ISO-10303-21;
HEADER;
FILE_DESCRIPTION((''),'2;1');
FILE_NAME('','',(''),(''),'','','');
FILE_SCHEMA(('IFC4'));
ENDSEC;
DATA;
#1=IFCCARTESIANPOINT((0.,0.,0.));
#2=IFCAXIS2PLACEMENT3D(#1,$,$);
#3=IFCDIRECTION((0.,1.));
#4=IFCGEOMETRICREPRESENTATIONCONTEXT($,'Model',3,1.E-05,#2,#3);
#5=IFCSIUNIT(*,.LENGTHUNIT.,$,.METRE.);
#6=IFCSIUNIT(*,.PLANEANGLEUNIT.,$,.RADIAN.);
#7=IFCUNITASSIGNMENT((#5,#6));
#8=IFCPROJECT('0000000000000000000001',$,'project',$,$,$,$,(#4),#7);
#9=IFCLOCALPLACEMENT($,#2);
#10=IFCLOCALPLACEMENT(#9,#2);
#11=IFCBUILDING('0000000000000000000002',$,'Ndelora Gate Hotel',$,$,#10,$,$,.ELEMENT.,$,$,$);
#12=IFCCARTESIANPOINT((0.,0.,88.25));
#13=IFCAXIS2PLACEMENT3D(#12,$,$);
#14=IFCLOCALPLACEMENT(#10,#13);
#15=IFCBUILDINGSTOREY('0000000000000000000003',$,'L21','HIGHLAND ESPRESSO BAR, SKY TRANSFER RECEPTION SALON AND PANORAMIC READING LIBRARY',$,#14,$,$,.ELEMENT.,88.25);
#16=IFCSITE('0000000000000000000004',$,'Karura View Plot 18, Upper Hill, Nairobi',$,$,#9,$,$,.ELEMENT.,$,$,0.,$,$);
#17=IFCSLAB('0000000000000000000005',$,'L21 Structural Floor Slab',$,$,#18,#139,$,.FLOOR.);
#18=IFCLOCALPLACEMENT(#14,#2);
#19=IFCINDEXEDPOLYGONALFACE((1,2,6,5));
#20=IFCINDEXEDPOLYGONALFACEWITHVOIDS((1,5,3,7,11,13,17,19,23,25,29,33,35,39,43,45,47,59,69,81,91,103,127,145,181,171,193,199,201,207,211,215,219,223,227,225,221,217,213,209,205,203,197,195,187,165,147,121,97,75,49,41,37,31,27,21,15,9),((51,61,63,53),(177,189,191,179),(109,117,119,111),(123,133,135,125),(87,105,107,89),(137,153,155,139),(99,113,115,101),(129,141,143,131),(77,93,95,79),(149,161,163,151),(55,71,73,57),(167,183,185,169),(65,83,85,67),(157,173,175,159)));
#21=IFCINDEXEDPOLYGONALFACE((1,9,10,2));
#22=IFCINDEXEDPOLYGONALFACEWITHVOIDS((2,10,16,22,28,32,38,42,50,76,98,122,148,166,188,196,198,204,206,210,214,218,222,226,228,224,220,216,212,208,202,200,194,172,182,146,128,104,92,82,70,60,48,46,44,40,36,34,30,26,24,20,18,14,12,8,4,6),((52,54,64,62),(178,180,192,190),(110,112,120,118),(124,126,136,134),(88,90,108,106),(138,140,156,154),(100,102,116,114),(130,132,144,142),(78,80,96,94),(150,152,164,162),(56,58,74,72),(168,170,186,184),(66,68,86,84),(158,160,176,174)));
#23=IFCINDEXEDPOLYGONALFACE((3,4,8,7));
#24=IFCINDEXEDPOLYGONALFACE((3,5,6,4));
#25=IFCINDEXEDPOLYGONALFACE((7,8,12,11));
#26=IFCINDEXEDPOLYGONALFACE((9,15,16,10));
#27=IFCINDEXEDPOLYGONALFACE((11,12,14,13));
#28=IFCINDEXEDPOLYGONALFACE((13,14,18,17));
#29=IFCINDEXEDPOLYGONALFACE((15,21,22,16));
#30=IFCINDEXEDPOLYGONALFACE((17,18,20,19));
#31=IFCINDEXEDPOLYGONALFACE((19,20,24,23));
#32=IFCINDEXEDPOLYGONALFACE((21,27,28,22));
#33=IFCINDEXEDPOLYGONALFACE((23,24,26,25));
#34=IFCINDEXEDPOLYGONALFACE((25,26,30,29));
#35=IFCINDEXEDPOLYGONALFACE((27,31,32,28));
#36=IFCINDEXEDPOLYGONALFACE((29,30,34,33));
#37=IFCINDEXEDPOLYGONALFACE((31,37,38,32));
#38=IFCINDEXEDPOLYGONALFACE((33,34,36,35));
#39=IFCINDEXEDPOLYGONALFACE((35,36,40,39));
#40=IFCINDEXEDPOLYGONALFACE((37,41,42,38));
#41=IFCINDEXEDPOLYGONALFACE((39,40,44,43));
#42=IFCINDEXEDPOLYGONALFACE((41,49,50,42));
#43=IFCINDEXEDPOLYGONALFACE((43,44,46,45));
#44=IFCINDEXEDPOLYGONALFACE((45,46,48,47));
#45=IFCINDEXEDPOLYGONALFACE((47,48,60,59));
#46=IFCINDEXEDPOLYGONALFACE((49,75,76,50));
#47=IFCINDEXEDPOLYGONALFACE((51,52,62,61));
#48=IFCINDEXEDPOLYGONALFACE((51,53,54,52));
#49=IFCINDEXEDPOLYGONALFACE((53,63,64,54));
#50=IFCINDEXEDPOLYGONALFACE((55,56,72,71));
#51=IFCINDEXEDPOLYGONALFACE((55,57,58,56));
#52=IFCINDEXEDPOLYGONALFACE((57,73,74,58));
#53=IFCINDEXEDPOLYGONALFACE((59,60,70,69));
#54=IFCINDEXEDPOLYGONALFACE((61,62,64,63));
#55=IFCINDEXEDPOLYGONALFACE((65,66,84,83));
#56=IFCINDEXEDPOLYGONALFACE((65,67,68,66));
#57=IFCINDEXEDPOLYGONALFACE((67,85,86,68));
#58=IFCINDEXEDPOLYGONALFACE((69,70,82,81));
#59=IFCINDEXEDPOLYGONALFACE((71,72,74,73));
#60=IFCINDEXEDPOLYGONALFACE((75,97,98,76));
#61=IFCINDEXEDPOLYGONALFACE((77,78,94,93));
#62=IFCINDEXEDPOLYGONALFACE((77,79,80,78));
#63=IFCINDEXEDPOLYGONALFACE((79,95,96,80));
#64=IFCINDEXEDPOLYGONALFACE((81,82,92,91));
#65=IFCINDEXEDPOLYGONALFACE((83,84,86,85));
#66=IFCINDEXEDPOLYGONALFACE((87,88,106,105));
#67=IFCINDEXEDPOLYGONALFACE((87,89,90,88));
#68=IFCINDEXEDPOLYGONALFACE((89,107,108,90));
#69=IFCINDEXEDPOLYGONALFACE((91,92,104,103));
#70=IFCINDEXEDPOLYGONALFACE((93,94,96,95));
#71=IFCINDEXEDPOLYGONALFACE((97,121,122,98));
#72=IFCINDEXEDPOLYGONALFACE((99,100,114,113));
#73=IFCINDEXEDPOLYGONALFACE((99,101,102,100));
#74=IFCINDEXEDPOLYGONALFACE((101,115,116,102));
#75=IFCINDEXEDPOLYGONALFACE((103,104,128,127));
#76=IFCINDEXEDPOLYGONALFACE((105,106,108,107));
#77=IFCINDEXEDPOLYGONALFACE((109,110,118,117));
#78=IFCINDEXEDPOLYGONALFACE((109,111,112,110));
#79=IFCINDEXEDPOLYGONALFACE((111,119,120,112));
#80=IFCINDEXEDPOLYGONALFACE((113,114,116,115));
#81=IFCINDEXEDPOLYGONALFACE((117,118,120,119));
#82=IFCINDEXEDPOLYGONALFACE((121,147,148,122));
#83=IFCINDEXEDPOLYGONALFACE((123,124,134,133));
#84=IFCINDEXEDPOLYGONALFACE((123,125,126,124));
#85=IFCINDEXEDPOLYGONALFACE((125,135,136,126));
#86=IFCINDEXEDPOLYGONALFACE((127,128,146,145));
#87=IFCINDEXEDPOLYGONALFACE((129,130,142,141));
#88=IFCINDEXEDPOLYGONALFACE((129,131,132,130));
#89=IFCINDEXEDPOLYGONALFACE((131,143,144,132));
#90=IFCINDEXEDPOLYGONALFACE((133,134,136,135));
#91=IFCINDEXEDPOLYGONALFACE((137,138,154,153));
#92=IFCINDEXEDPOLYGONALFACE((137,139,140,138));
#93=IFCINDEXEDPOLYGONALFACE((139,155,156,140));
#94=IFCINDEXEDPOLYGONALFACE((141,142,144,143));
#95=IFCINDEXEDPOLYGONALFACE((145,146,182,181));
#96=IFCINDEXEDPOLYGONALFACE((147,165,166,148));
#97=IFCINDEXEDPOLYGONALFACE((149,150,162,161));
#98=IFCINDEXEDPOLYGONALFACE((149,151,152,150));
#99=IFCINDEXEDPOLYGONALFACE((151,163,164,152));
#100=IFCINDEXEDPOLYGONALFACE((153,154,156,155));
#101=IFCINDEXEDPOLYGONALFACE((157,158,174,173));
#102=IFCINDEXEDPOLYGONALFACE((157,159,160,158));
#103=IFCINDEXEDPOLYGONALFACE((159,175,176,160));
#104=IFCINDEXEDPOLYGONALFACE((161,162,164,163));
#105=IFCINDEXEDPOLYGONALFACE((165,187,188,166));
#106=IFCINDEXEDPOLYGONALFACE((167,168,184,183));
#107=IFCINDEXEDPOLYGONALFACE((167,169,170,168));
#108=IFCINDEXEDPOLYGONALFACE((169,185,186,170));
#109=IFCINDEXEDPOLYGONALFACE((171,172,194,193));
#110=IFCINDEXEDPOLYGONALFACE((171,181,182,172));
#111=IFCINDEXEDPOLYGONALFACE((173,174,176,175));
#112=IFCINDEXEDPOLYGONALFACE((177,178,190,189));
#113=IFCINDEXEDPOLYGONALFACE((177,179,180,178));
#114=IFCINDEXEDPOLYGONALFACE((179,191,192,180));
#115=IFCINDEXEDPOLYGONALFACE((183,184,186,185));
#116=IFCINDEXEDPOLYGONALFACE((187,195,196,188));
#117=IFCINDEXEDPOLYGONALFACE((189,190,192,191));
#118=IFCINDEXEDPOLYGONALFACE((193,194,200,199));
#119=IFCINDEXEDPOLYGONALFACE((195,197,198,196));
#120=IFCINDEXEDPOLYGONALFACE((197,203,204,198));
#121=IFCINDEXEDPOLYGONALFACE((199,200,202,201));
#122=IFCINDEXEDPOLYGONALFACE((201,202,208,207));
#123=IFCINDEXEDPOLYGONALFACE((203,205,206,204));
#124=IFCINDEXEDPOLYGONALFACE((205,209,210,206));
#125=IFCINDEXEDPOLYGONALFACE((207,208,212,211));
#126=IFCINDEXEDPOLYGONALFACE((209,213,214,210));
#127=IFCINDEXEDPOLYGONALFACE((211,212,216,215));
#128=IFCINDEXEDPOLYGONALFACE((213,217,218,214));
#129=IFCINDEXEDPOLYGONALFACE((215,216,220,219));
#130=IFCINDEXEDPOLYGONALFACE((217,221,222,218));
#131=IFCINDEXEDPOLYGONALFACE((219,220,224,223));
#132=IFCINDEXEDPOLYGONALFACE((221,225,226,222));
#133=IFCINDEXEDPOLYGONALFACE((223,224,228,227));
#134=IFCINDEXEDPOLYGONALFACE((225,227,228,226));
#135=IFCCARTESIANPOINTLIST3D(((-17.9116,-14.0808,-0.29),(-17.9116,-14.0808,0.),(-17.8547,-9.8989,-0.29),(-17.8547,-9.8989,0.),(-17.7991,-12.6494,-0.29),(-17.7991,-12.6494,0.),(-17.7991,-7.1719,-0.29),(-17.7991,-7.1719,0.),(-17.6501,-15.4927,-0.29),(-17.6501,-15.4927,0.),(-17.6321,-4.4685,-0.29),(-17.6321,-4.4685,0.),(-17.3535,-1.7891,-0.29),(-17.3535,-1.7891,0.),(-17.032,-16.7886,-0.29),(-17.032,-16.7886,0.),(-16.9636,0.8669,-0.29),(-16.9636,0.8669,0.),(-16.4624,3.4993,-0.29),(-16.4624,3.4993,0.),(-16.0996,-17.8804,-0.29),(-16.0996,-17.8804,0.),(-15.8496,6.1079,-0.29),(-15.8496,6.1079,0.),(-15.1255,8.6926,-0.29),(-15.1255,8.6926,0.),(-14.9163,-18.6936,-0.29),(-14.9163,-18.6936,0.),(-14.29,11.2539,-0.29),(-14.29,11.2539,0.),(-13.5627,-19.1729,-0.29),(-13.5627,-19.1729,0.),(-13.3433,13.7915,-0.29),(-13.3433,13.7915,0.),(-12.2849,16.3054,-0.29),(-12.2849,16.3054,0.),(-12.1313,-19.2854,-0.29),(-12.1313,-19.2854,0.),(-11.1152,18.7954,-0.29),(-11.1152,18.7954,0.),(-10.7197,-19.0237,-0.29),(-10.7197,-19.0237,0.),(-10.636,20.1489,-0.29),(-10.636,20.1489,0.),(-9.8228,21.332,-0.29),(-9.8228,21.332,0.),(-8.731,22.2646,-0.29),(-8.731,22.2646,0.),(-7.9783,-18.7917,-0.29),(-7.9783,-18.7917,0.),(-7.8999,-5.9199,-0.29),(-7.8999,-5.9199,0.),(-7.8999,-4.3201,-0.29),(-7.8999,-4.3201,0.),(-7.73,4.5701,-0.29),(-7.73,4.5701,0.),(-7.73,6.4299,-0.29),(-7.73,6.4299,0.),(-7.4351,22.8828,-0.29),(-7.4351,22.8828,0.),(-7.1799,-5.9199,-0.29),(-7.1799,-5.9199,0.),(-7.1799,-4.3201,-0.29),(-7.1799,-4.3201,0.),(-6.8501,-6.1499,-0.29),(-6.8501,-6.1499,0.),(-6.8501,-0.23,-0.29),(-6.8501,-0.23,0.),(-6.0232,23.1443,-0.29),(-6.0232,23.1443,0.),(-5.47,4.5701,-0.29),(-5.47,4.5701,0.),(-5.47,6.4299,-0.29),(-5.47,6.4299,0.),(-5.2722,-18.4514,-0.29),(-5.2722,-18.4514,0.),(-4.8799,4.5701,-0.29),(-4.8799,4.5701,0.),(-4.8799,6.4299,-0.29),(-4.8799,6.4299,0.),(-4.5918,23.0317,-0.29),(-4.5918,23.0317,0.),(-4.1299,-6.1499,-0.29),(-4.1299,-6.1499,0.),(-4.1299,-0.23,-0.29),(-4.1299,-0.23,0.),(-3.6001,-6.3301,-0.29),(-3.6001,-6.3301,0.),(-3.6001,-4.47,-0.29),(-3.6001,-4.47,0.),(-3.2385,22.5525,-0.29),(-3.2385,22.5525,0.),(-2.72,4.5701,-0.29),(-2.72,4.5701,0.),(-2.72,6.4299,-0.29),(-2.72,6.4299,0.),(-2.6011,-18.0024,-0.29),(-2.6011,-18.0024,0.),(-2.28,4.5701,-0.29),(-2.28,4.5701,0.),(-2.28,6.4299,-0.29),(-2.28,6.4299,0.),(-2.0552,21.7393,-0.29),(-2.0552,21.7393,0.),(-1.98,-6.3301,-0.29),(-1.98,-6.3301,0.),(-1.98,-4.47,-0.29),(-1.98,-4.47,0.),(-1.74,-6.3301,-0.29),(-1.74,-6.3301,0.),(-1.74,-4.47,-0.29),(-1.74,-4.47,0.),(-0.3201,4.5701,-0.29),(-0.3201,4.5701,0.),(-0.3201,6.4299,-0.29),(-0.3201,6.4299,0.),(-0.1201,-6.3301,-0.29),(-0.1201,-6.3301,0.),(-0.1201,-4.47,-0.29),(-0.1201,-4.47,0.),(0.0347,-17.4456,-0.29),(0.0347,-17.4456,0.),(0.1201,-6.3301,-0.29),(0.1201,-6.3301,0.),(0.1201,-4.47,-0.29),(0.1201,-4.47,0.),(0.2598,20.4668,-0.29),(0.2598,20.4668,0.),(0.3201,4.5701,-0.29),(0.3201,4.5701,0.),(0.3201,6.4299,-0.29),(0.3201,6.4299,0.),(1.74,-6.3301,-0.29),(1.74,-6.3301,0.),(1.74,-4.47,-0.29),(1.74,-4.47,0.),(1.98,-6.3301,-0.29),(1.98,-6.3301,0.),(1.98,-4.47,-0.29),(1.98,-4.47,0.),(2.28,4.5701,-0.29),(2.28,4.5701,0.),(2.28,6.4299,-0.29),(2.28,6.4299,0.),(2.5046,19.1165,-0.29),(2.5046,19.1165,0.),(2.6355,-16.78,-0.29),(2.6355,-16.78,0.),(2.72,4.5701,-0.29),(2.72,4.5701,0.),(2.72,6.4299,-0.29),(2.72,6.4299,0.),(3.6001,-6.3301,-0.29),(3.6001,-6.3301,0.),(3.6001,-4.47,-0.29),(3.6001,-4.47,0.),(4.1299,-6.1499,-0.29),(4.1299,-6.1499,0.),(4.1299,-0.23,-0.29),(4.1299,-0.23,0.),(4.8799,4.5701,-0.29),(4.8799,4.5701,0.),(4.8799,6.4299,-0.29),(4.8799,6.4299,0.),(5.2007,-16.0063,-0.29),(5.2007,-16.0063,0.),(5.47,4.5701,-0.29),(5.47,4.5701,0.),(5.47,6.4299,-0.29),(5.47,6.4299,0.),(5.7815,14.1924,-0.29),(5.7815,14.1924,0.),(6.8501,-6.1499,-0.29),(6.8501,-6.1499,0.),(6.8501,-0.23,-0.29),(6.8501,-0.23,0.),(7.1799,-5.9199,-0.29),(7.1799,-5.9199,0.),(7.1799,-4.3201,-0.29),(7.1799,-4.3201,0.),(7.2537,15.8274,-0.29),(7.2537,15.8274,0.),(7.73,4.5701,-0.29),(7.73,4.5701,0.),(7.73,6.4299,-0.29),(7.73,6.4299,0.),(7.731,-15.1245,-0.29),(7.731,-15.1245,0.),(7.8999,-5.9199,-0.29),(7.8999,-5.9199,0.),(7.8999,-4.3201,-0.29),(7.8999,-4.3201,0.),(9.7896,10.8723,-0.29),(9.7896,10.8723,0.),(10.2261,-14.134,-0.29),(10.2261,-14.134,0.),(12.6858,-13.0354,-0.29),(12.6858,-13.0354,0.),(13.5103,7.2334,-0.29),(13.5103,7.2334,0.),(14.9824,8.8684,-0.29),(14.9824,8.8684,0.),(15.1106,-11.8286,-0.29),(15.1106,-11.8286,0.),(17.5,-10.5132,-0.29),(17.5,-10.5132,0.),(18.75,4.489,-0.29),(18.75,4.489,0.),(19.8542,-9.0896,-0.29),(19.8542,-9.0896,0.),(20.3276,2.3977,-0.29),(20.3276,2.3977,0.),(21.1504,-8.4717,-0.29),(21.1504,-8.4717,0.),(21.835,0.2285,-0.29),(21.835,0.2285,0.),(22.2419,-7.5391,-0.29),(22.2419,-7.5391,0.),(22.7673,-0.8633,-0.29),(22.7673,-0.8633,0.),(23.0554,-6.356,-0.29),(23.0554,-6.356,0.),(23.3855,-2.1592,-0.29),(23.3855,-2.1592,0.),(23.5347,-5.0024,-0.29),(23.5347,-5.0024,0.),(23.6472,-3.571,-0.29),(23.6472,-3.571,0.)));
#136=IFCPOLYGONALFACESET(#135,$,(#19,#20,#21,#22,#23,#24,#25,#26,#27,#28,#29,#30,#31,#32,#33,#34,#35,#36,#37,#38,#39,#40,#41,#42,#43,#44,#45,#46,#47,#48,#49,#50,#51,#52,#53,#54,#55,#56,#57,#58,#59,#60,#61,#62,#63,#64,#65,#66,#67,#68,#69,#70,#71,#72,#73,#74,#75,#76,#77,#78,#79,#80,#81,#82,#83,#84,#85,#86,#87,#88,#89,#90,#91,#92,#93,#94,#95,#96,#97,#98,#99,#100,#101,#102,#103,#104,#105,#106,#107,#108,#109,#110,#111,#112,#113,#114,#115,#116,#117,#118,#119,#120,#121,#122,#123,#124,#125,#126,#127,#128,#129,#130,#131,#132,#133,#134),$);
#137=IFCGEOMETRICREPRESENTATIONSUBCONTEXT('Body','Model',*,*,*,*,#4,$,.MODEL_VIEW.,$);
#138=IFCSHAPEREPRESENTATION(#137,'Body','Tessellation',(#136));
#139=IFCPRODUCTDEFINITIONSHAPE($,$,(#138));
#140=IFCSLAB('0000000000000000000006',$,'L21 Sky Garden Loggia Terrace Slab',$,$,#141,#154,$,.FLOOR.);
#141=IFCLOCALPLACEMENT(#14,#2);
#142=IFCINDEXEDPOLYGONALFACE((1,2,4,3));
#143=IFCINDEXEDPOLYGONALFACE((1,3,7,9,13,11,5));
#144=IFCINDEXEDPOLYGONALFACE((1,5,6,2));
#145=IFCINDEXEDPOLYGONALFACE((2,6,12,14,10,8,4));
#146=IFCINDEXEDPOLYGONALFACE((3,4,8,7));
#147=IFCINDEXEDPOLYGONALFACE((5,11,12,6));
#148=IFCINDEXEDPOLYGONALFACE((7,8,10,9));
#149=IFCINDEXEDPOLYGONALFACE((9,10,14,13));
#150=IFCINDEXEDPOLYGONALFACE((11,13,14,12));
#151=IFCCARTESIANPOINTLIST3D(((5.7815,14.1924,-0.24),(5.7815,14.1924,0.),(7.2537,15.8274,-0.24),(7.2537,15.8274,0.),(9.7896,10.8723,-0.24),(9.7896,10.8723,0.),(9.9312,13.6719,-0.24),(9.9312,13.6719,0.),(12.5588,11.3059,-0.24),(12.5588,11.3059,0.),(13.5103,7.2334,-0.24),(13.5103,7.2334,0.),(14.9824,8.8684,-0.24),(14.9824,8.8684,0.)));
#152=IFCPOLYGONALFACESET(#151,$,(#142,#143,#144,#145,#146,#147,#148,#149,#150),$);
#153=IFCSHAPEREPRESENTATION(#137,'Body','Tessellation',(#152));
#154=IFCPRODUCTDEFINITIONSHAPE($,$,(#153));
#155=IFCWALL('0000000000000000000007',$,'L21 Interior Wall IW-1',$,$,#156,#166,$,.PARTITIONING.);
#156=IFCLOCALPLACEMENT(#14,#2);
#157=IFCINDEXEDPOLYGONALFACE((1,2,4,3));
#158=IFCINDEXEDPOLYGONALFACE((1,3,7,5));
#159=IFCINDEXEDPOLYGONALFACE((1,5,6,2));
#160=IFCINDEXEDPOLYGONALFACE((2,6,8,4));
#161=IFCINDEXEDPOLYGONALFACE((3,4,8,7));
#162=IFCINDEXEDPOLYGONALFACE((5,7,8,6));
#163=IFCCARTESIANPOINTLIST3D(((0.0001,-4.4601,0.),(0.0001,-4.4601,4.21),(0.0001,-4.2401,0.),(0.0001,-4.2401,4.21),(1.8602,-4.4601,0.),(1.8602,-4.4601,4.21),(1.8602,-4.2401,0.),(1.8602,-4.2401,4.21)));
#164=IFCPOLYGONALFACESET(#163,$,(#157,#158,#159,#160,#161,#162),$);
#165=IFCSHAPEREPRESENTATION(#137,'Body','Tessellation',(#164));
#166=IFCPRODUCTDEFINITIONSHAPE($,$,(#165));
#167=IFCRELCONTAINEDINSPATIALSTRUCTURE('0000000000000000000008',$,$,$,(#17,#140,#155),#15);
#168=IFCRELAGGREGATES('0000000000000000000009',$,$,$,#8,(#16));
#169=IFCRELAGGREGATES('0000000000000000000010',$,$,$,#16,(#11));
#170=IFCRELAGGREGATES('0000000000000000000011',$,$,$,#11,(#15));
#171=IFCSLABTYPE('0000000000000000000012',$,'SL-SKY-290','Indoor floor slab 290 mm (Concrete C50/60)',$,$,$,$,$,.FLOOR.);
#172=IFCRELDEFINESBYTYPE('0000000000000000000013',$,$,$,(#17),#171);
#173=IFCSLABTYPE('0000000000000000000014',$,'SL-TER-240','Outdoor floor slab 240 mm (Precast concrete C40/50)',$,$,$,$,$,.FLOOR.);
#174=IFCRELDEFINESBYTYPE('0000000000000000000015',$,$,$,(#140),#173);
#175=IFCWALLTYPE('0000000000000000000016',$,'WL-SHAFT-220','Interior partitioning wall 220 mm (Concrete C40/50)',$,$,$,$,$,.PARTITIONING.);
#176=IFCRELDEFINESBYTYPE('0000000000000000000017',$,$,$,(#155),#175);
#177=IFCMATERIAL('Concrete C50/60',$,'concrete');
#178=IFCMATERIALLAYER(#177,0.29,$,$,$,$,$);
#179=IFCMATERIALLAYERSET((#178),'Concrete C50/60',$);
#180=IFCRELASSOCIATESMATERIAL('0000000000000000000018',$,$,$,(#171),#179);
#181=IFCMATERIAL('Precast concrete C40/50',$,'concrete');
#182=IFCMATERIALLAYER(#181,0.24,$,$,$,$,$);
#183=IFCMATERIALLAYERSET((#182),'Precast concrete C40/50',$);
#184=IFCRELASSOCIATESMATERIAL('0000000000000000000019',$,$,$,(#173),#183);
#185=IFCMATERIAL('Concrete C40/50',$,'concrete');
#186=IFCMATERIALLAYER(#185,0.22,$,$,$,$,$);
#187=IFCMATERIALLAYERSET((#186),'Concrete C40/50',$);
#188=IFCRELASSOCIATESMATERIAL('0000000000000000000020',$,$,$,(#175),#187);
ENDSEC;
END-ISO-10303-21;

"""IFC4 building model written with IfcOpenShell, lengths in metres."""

from ifc_helpers import new_model, si_unit, direction, frame, frame_2d, origin, place, context, subcontext, project, spatial, polyline, rectangle, outline, extrude, material, layer, layer_set, type_object, element, save


model = new_model("IFC4")

# Units and contexts
model_context = context("Model", 3, precision=1e-05, world=origin(), true_north=direction((0.0, 1.0)))
body_context = subcontext(model_context, "Body", "Model", "MODEL_VIEW")
ifc_project = project(units=[si_unit("LENGTHUNIT", "METRE"), si_unit("PLANEANGLEUNIT", "RADIAN")], contexts=[model_context])

# Site, building, storey
site_placement = place(None, origin())
site = spatial("IfcSite", under=ifc_project, at=site_placement, Name="Karura View Plot 18, Upper Hill, Nairobi", CompositionType="ELEMENT", RefElevation=0.0)
building_placement = place(site_placement, origin())
building = spatial("IfcBuilding", under=site, at=building_placement, Name="Ndelora Gate Hotel", CompositionType="ELEMENT")
storey_placement = place(building_placement, frame((0.0, 0.0, 88.25)))
storey = spatial("IfcBuildingStorey", under=building, at=storey_placement, Name="L21", Description="HIGHLAND ESPRESSO BAR, SKY TRANSFER RECEPTION SALON AND PANORAMIC READING LIBRARY", CompositionType="ELEMENT", Elevation=88.25)

# Slabs
ifc_material_1 = material(Name="Concrete C50/60", Category="concrete")
ifc_layer_1 = layer(ifc_material_1, 0.29)
ifc_layer_set_1 = layer_set([ifc_layer_1], Name="Concrete C50/60")
slab_type_1 = type_object("IfcSlabType", Name="SL-SKY-290", Description="Indoor floor slab 290 mm (Concrete C50/60)", PredefinedType="FLOOR", material=ifc_layer_set_1)
slab_1_placement = place(storey_placement, frame((0.0, 0.0, -0.29)))
element("IfcSlab", 1, at=slab_1_placement, inside=storey, type_object=slab_type_1, Name="L21 Structural Floor Slab", PredefinedType="FLOOR", context=body_context, shape_type="SweptSolid", body=[
    extrude(outline(polyline([(-2.0552, 21.7393), (-3.2385, 22.5525), (-4.5918, 23.0317), (-6.0232, 23.1443), (-7.4351, 22.8828), (-8.731, 22.2646), (-9.8228, 21.332), (-10.636, 20.1489), (-11.1152, 18.7954), (-12.2849, 16.3054), (-13.3433, 13.7915), (-14.29, 11.2539), (-15.1255, 8.6926), (-15.8496, 6.1079), (-16.4624, 3.4993), (-16.9636, 0.8669), (-17.3535, -1.7891), (-17.6321, -4.4685), (-17.7991, -7.1719), (-17.8547, -9.8989), (-17.7991, -12.6494), (-17.9116, -14.0808), (-17.6501, -15.4927), (-17.032, -16.7886), (-16.0996, -17.8804), (-14.9163, -18.6936), (-13.5627, -19.1729), (-12.1313, -19.2854), (-10.7197, -19.0237), (-7.9783, -18.7917), (-5.2722, -18.4514), (-2.6011, -18.0024), (0.0347, -17.4456), (2.6355, -16.78), (5.2007, -16.0063), (7.731, -15.1245), (10.2261, -14.134), (12.6858, -13.0354), (15.1106, -11.8286), (17.5, -10.5132), (19.8542, -9.0896), (21.1504, -8.4717), (22.2419, -7.5391), (23.0554, -6.356), (23.5347, -5.0024), (23.6472, -3.571), (23.3855, -2.1592), (22.7673, -0.8633), (21.835, 0.2285), (20.3276, 2.3977), (18.75, 4.489), (14.9824, 8.8684), (13.5103, 7.2334), (9.7896, 10.8723), (5.7815, 14.1924), (7.2537, 15.8274), (2.5046, 19.1165), (0.2598, 20.4668), (-2.0552, 21.7393)]), holes=[polyline([(-6.8501, -0.23), (-6.8501, -6.1499), (-4.1299, -6.1499), (-4.1299, -0.23), (-6.8501, -0.23)]), polyline([(4.1299, -0.23), (4.1299, -6.1499), (6.8501, -6.1499), (6.8501, -0.23), (4.1299, -0.23)]), polyline([(-7.73, 4.5701), (-5.47, 4.5701), (-5.47, 6.4299), (-7.73, 6.4299), (-7.73, 4.5701)]), polyline([(5.47, 4.5701), (7.73, 4.5701), (7.73, 6.4299), (5.47, 6.4299), (5.47, 4.5701)]), polyline([(-4.8799, 4.5701), (-2.72, 4.5701), (-2.72, 6.4299), (-4.8799, 6.4299), (-4.8799, 4.5701)]), polyline([(2.72, 4.5701), (4.8799, 4.5701), (4.8799, 6.4299), (2.72, 6.4299), (2.72, 4.5701)]), polyline([(-3.6001, -6.3301), (-1.98, -6.3301), (-1.98, -4.47), (-3.6001, -4.47), (-3.6001, -6.3301)]), polyline([(-1.74, -6.3301), (-0.1201, -6.3301), (-0.1201, -4.47), (-1.74, -4.47), (-1.74, -6.3301)]), polyline([(0.1201, -6.3301), (1.74, -6.3301), (1.74, -4.47), (0.1201, -4.47), (0.1201, -6.3301)]), polyline([(1.98, -6.3301), (3.6001, -6.3301), (3.6001, -4.47), (1.98, -4.47), (1.98, -6.3301)]), polyline([(-2.28, 4.5701), (-0.3201, 4.5701), (-0.3201, 6.4299), (-2.28, 6.4299), (-2.28, 4.5701)]), polyline([(0.3201, 4.5701), (2.28, 4.5701), (2.28, 6.4299), (0.3201, 6.4299), (0.3201, 4.5701)]), polyline([(-7.8999, -5.9199), (-7.1799, -5.9199), (-7.1799, -4.3201), (-7.8999, -4.3201), (-7.8999, -5.9199)]), polyline([(7.1799, -5.9199), (7.8999, -5.9199), (7.8999, -4.3201), (7.1799, -4.3201), (7.1799, -5.9199)])]), origin(), (0.0, 0.0, 1.0), 0.29),
])
ifc_material_2 = material(Name="Precast concrete C40/50", Category="concrete")
ifc_layer_2 = layer(ifc_material_2, 0.24)
ifc_layer_set_2 = layer_set([ifc_layer_2], Name="Precast concrete C40/50")
slab_type_2 = type_object("IfcSlabType", Name="SL-TER-240", Description="Outdoor floor slab 240 mm (Precast concrete C40/50)", PredefinedType="FLOOR", material=ifc_layer_set_2)
slab_2_placement = place(storey_placement, frame((0.0, 0.0, -0.24)))
element("IfcSlab", 2, at=slab_2_placement, inside=storey, type_object=slab_type_2, Name="L21 Sky Garden Loggia Terrace Slab", PredefinedType="FLOOR", context=body_context, shape_type="SweptSolid", body=[
    extrude(outline(polyline([(13.5103, 7.2334), (14.9824, 8.8684), (12.5588, 11.3059), (9.9312, 13.6719), (7.2537, 15.8274), (5.7815, 14.1924), (9.7896, 10.8723), (13.5103, 7.2334)])), origin(), (0.0, 0.0, 1.0), 0.24),
])

# Wall
ifc_material_3 = material(Name="Concrete C40/50", Category="concrete")
ifc_layer_3 = layer(ifc_material_3, 0.22)
ifc_layer_set_3 = layer_set([ifc_layer_3], Name="Concrete C40/50")
wall_type_1 = type_object("IfcWallType", Name="WL-SHAFT-220", Description="Interior partitioning wall 220 mm (Concrete C40/50)", PredefinedType="PARTITIONING", material=ifc_layer_set_3)
wall_1_placement = place(storey_placement, frame((0.0, -4.3501, 0.0), z_axis=(0.0, 0.0, 1.0), x_axis=(1.0, 0.0, 0.0)))
element("IfcWall", 3, at=wall_1_placement, inside=storey, type_object=wall_type_1, Name="L21 Interior Wall IW-1", PredefinedType="PARTITIONING", context=body_context, shape_type="SweptSolid", body=[
    extrude(rectangle(XDim=1.8601, YDim=0.22, at=frame_2d((0.9302, 0.0))), origin(), (0.0, 0.0, 1.0), 4.21),
])

save(model, "model.ifc")
